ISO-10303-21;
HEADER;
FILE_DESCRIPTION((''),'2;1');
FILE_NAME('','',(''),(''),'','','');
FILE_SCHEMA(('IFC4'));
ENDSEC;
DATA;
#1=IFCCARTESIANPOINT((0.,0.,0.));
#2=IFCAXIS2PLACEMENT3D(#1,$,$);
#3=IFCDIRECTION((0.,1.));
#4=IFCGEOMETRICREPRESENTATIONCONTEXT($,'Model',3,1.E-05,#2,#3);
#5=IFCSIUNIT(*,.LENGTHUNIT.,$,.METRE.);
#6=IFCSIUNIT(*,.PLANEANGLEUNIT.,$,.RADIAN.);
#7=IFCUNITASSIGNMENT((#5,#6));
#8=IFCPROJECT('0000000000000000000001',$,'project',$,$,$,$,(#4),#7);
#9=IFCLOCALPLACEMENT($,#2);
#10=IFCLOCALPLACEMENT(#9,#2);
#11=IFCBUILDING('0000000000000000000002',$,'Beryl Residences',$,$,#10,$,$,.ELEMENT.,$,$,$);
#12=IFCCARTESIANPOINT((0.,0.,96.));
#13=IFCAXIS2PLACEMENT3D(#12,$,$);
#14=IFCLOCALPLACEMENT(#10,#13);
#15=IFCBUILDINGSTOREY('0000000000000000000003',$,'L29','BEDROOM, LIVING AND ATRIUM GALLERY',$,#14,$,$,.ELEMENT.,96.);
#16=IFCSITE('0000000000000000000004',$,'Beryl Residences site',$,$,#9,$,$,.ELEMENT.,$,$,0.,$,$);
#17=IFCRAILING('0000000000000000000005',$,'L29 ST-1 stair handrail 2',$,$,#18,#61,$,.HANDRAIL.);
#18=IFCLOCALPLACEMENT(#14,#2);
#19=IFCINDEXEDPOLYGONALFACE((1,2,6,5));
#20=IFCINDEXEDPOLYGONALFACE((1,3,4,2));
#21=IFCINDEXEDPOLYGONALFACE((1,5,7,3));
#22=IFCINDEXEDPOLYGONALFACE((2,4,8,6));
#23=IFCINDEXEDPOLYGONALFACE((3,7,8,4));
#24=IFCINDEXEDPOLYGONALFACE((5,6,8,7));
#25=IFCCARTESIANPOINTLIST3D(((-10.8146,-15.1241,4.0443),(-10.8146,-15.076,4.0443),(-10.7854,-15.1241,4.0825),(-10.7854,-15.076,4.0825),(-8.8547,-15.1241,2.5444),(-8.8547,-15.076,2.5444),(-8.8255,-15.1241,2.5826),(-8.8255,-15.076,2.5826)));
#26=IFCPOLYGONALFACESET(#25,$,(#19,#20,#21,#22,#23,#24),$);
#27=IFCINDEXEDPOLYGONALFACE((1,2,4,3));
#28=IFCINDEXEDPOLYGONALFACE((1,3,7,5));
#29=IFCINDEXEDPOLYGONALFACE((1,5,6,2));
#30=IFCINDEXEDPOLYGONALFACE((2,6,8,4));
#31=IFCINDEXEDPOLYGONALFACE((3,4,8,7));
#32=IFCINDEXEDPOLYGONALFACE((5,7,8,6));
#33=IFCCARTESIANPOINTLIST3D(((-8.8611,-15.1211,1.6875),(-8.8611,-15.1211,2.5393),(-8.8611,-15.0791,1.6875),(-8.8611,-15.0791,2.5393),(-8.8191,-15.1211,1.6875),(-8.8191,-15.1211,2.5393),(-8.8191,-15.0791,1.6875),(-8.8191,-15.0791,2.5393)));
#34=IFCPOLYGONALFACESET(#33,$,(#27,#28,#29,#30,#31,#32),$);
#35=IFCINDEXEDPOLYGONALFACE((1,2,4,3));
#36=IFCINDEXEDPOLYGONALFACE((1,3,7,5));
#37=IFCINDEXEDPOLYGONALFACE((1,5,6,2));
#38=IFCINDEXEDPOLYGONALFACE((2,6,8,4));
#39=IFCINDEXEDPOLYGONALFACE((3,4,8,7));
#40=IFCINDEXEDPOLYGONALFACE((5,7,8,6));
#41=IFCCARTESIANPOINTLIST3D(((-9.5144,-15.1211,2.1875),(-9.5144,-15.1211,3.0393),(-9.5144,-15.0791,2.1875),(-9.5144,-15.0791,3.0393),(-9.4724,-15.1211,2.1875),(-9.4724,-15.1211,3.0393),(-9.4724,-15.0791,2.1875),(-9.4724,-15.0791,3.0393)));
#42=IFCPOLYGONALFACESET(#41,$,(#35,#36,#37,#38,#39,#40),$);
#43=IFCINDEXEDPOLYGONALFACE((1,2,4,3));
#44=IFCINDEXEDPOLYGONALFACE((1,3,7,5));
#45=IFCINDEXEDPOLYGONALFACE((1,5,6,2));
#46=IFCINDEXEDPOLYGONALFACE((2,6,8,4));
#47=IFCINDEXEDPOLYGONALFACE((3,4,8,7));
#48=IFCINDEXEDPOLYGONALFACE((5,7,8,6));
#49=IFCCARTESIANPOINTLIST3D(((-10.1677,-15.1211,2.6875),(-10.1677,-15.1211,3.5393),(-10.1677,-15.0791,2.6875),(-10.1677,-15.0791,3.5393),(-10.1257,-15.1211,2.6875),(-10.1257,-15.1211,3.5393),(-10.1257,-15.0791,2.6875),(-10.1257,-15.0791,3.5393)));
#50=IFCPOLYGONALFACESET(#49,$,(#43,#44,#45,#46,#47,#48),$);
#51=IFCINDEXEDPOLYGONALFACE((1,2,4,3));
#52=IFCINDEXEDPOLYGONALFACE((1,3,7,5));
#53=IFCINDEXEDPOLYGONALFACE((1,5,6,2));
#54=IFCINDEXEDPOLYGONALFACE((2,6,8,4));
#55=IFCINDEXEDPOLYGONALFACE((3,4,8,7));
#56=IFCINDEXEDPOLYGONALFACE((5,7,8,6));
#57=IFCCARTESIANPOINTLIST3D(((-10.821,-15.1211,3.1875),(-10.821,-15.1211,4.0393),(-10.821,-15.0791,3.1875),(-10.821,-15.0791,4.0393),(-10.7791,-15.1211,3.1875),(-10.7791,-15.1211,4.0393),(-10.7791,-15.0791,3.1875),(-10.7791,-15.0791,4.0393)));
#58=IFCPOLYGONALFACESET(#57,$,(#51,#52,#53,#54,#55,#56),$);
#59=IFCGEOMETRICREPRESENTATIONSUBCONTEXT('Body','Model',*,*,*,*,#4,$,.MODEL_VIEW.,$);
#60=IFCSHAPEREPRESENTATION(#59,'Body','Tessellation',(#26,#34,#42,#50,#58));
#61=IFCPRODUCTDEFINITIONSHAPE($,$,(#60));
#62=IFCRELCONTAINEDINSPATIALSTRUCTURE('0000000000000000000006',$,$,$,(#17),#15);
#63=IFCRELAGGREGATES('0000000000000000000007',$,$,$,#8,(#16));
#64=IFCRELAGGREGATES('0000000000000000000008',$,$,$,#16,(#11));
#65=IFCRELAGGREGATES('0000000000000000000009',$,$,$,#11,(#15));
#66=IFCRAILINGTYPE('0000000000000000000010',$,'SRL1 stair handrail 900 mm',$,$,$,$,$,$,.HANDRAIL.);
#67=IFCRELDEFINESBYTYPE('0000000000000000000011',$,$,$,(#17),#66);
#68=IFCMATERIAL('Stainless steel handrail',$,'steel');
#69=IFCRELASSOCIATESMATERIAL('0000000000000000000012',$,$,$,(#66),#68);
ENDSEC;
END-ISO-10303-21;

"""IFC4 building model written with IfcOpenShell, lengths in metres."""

from ifc_helpers import new_model, si_unit, direction, frame, origin, origin_2d, place, context, subcontext, project, spatial, rectangle, extrude, material, type_object, element, save


model = new_model("IFC4")

# Units and contexts
model_context = context("Model", 3, precision=1e-05, world=origin(), true_north=direction((0.0, 1.0)))
body_context = subcontext(model_context, "Body", "Model", "MODEL_VIEW")
ifc_project = project(units=[si_unit("LENGTHUNIT", "METRE"), si_unit("PLANEANGLEUNIT", "RADIAN")], contexts=[model_context])

# Site, building, storey
site_placement = place(None, origin())
site = spatial("IfcSite", under=ifc_project, at=site_placement, Name="Beryl Residences site", CompositionType="ELEMENT", RefElevation=0.0)
building_placement = place(site_placement, origin())
building = spatial("IfcBuilding", under=site, at=building_placement, Name="Beryl Residences", CompositionType="ELEMENT")
storey_placement = place(building_placement, frame((0.0, 0.0, 96.0)))
storey = spatial("IfcBuildingStorey", under=building, at=storey_placement, Name="L29", Description="BEDROOM, LIVING AND ATRIUM GALLERY", CompositionType="ELEMENT", Elevation=96.0)

# Railing
ifc_material_1 = material(Name="Stainless steel handrail", Category="steel")
railing_type_1 = type_object("IfcRailingType", Name="SRL1 stair handrail 900 mm", PredefinedType="HANDRAIL", material=ifc_material_1)
railing_1_placement = place(storey_placement, frame((-8.8401, -15.1001, 1.6875)))
element("IfcRailing", 1, at=railing_1_placement, inside=storey, type_object=railing_type_1, Name="L29 ST-1 stair handrail 2", PredefinedType="HANDRAIL", context=body_context, shape_type="SweptSolid", body=[
    extrude(rectangle(XDim=0.0481, YDim=0.0481, at=origin_2d()), frame((0.0, 0.0, 0.876), z_axis=(-0.794122, 0.0, 0.607758), x_axis=(0.0, -1.0, 0.0)), (0.0, 0.0, 1.0), 2.468),
    extrude(rectangle(XDim=0.042, YDim=0.042, at=origin_2d()), origin(), (0.0, 0.0, 1.0), 0.8518),
    extrude(rectangle(XDim=0.042, YDim=0.042, at=origin_2d()), frame((-0.6533, 0.0, 0.5)), (0.0, 0.0, 1.0), 0.8518),
    extrude(rectangle(XDim=0.042, YDim=0.042, at=origin_2d()), frame((-1.3066, 0.0, 1.0)), (0.0, 0.0, 1.0), 0.8518),
    extrude(rectangle(XDim=0.042, YDim=0.042, at=origin_2d()), frame((-1.96, 0.0, 1.5)), (0.0, 0.0, 1.0), 0.8518),
])

save(model, "model.ifc")
